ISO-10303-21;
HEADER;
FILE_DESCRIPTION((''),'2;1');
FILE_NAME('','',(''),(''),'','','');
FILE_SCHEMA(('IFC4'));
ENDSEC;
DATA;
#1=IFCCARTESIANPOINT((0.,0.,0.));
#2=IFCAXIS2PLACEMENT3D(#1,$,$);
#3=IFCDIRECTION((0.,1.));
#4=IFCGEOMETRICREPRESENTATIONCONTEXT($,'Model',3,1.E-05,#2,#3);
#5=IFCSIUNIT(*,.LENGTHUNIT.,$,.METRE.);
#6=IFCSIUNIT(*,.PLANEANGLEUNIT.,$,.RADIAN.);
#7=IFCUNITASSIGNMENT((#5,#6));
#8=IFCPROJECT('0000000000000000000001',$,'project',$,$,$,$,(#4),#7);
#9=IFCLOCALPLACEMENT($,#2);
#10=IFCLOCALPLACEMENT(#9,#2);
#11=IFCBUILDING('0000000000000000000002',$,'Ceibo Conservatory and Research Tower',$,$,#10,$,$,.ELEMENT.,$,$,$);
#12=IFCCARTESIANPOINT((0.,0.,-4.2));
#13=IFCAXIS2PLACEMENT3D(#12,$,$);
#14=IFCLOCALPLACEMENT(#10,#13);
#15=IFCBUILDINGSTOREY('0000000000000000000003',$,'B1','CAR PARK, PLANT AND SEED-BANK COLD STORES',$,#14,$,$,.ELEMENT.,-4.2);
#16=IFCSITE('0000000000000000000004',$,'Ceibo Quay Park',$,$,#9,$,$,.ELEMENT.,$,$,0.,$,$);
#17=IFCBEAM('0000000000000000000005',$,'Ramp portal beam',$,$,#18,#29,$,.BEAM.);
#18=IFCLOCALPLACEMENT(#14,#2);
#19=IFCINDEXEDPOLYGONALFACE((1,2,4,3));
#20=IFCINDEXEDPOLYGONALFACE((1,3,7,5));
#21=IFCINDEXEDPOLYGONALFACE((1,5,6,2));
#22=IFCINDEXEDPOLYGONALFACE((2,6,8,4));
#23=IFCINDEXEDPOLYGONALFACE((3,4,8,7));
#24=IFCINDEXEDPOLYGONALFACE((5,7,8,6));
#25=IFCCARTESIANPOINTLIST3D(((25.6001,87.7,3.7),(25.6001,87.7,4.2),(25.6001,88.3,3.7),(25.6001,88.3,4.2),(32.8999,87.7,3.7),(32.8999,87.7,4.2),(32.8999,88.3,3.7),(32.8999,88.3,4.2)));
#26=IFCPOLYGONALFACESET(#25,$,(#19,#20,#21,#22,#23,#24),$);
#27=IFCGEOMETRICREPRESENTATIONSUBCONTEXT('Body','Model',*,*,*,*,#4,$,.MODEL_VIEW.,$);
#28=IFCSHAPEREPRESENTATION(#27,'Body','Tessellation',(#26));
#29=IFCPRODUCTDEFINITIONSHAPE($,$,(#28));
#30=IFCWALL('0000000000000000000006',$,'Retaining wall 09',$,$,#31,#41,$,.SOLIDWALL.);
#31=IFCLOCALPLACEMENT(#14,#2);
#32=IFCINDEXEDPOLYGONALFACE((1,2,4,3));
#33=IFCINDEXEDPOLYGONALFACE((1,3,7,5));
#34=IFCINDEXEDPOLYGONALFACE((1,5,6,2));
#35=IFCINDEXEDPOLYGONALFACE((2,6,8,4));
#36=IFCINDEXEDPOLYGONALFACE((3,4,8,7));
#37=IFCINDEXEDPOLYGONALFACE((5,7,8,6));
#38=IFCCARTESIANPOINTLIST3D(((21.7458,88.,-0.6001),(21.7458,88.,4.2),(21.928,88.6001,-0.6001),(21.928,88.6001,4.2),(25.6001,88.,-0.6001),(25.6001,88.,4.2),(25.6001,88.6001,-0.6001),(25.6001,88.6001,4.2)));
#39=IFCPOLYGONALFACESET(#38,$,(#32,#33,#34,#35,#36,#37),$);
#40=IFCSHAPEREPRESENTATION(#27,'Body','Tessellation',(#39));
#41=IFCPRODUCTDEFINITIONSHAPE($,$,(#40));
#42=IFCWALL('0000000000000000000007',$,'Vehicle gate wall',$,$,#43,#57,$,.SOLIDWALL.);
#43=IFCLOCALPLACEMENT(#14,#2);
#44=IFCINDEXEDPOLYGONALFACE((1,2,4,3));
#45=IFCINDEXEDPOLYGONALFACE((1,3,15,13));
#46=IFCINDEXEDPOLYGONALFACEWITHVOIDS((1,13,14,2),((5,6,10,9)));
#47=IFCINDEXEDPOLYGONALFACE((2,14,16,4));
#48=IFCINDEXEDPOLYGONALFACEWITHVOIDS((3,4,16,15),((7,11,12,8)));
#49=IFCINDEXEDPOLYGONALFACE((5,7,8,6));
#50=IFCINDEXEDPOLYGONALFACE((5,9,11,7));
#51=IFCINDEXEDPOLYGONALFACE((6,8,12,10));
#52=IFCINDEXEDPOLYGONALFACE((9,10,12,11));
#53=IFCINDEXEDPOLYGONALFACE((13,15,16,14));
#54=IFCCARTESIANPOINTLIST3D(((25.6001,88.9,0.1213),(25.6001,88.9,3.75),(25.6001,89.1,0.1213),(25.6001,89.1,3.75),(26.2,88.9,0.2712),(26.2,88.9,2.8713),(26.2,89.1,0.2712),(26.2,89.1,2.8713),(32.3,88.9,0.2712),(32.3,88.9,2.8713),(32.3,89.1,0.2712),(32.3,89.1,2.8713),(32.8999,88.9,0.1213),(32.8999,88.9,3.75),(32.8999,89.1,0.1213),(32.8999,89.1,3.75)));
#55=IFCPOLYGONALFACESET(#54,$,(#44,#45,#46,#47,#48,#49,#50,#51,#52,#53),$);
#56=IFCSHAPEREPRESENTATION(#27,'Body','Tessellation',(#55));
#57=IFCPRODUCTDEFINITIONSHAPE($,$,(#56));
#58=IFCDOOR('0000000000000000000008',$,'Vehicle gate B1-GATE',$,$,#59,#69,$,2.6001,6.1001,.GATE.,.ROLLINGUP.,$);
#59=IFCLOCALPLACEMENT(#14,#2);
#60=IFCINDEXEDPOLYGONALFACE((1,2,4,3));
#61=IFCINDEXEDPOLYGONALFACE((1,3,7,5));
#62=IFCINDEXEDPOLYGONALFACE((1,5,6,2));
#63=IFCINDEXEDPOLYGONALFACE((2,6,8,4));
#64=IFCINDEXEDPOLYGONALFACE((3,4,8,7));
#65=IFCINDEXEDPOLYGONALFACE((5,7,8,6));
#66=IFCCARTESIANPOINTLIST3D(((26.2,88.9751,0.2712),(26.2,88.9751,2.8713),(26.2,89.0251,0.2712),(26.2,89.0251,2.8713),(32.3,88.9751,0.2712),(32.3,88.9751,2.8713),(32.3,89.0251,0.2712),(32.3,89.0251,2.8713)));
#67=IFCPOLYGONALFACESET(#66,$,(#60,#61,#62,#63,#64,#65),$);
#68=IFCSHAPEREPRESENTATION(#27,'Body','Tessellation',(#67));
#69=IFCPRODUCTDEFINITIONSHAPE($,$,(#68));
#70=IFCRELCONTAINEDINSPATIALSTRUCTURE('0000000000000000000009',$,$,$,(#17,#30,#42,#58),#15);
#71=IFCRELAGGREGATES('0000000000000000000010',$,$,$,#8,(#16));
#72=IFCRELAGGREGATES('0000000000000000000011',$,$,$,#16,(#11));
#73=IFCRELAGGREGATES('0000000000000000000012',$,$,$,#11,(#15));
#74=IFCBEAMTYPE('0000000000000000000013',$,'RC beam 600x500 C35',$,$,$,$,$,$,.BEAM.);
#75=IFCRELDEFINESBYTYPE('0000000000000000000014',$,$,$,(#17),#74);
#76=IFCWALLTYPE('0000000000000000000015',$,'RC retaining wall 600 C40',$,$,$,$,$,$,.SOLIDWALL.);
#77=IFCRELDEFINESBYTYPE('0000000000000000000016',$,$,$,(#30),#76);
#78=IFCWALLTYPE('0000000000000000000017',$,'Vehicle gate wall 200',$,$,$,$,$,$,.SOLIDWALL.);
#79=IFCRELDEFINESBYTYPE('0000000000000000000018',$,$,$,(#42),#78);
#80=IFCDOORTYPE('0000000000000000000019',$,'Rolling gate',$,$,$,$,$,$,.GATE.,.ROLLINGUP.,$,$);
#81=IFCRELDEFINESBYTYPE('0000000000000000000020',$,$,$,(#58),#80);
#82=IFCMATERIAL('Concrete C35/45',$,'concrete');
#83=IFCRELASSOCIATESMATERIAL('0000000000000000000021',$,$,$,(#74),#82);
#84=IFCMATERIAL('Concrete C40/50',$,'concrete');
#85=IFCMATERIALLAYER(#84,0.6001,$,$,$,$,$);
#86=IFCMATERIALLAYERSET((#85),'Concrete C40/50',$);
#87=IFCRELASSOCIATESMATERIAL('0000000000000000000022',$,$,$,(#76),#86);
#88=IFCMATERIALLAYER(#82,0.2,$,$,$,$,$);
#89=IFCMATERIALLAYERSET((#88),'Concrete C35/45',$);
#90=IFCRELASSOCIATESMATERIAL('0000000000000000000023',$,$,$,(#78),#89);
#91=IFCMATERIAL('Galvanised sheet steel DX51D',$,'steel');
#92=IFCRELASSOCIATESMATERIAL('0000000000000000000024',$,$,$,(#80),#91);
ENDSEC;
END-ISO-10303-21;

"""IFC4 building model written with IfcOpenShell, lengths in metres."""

from ifc_helpers import new_model, si_unit, direction, frame, frame_2d, origin, origin_2d, place, context, subcontext, project, spatial, polyline, rectangle, outline, extrude, material, layer, layer_set, material_profile, profile_set, type_object, element, fill, save


model = new_model("IFC4")

# Units and contexts
model_context = context("Model", 3, precision=1e-05, world=origin(), true_north=direction((0.0, 1.0)))
body_context = subcontext(model_context, "Body", "Model", "MODEL_VIEW")
ifc_project = project(units=[si_unit("LENGTHUNIT", "METRE"), si_unit("PLANEANGLEUNIT", "RADIAN")], contexts=[model_context])

# Site, building, storey
site_placement = place(None, origin())
site = spatial("IfcSite", under=ifc_project, at=site_placement, Name="Ceibo Quay Park", CompositionType="ELEMENT", RefElevation=0.0)
building_placement = place(site_placement, origin())
building = spatial("IfcBuilding", under=site, at=building_placement, Name="Ceibo Conservatory and Research Tower", CompositionType="ELEMENT")
storey_placement = place(building_placement, frame((0.0, 0.0, -4.2)))
storey = spatial("IfcBuildingStorey", under=building, at=storey_placement, Name="B1", Description="CAR PARK, PLANT AND SEED-BANK COLD STORES", CompositionType="ELEMENT", Elevation=-4.2)

# Shared definitions
ifc_material_1 = material(Name="Concrete C35/45", Category="concrete")

# Beam
ifc_material_profile_1 = material_profile(ifc_material_1, rectangle(XDim=0.6001, YDim=0.5, at=origin_2d()), Name="RC 600x500")
ifc_profile_set_1 = profile_set([ifc_material_profile_1], Name="Concrete C35/45")
beam_type = type_object("IfcBeamType", Name="RC beam 600x500 C35", PredefinedType="BEAM", material=ifc_profile_set_1)
beam_placement = place(storey_placement, frame((25.6001, 88.0, 3.95), z_axis=(1.0, 0.0, 0.0), x_axis=(0.0, 1.0, 0.0)))
element("IfcBeam", 1, at=beam_placement, inside=storey, type_object=beam_type, Name="Ramp portal beam", PredefinedType="BEAM", context=body_context, shape_type="SweptSolid", body=[
    extrude(rectangle(XDim=0.6001, YDim=0.5, at=origin_2d()), origin(), (0.0, 0.0, 1.0), 7.2998),
])

# Wall
ifc_material_2 = material(Name="Concrete C40/50", Category="concrete")
ifc_layer_1 = layer(ifc_material_2, 0.6001)
ifc_layer_set_1 = layer_set([ifc_layer_1], Name="Concrete C40/50")
wall_type_1 = type_object("IfcWallType", Name="RC retaining wall 600 C40", PredefinedType="SOLIDWALL", material=ifc_layer_set_1)
wall_1_placement = place(storey_placement, frame((21.8369, 88.3, -0.6001), z_axis=(0.0, 0.0, 1.0), x_axis=(1.0, 0.0, 0.0)))
element("IfcWall", 2, at=wall_1_placement, inside=storey, type_object=wall_type_1, Name="Retaining wall 09", PredefinedType="SOLIDWALL", context=body_context, shape_type="SweptSolid", body=[
    extrude(outline(polyline([(-0.0911, -0.3), (3.7632, -0.3), (3.7632, 0.3), (0.0911, 0.3), (-0.0911, -0.3)])), origin(), (0.0, 0.0, 1.0), 4.8),
])

# Wall, opening, door
ifc_layer_2 = layer(ifc_material_1, 0.2)
ifc_layer_set_2 = layer_set([ifc_layer_2], Name="Concrete C35/45")
wall_type_2 = type_object("IfcWallType", Name="Vehicle gate wall 200", PredefinedType="SOLIDWALL", material=ifc_layer_set_2)
wall_2_placement = place(storey_placement, frame((25.6001, 89.0, 0.1213), z_axis=(0.0, 0.0, 1.0), x_axis=(1.0, 0.0, 0.0)))
wall_2 = element("IfcWall", 3, at=wall_2_placement, inside=storey, type_object=wall_type_2, Name="Vehicle gate wall", PredefinedType="SOLIDWALL", context=body_context, shape_type="SweptSolid", body=[
    extrude(rectangle(XDim=7.2998, YDim=0.2, at=frame_2d((3.6499, 0.0))), origin(), (0.0, 0.0, 1.0), 3.6287),
])
opening_placement = place(wall_2_placement, frame((0.5999, 0.0, 0.1499)))
opening = element("IfcOpeningElement", 4, at=opening_placement, cuts=wall_2, PredefinedType="OPENING", context=body_context, shape_type="SweptSolid", body=[
    extrude(rectangle(XDim=6.1001, YDim=2.6001, at=frame_2d((3.05, 1.3))), frame((0.0, 0.1099, 0.0), z_axis=(0.0, -1.0, 0.0), x_axis=(1.0, 0.0, 0.0)), (0.0, 0.0, 1.0), 0.22),
])
ifc_material_3 = material(Name="Galvanised sheet steel DX51D", Category="steel")
door_type = type_object("IfcDoorType", Name="Rolling gate", OperationType="ROLLINGUP", PredefinedType="GATE", material=ifc_material_3)
door_placement = place(opening_placement, frame((6.1001, 0.0, 0.0), z_axis=(0.0, 0.0, 1.0), x_axis=(-1.0, 0.0, 0.0)))
door = element("IfcDoor", 5, at=door_placement, inside=storey, type_object=door_type, Name="Vehicle gate B1-GATE", OperationType="ROLLINGUP", OverallHeight=2.6001, OverallWidth=6.1001, PredefinedType="GATE", context=body_context, shape_type="SweptSolid", body=[
    extrude(rectangle(XDim=6.1001, YDim=2.6001, at=frame_2d((3.05, 1.3))), frame((0.0, 0.0249, 0.0), z_axis=(0.0, -1.0, 0.0), x_axis=(1.0, 0.0, 0.0)), (0.0, 0.0, 1.0), 0.05),
])
fill(opening, door)

save(model, "model.ifc")
